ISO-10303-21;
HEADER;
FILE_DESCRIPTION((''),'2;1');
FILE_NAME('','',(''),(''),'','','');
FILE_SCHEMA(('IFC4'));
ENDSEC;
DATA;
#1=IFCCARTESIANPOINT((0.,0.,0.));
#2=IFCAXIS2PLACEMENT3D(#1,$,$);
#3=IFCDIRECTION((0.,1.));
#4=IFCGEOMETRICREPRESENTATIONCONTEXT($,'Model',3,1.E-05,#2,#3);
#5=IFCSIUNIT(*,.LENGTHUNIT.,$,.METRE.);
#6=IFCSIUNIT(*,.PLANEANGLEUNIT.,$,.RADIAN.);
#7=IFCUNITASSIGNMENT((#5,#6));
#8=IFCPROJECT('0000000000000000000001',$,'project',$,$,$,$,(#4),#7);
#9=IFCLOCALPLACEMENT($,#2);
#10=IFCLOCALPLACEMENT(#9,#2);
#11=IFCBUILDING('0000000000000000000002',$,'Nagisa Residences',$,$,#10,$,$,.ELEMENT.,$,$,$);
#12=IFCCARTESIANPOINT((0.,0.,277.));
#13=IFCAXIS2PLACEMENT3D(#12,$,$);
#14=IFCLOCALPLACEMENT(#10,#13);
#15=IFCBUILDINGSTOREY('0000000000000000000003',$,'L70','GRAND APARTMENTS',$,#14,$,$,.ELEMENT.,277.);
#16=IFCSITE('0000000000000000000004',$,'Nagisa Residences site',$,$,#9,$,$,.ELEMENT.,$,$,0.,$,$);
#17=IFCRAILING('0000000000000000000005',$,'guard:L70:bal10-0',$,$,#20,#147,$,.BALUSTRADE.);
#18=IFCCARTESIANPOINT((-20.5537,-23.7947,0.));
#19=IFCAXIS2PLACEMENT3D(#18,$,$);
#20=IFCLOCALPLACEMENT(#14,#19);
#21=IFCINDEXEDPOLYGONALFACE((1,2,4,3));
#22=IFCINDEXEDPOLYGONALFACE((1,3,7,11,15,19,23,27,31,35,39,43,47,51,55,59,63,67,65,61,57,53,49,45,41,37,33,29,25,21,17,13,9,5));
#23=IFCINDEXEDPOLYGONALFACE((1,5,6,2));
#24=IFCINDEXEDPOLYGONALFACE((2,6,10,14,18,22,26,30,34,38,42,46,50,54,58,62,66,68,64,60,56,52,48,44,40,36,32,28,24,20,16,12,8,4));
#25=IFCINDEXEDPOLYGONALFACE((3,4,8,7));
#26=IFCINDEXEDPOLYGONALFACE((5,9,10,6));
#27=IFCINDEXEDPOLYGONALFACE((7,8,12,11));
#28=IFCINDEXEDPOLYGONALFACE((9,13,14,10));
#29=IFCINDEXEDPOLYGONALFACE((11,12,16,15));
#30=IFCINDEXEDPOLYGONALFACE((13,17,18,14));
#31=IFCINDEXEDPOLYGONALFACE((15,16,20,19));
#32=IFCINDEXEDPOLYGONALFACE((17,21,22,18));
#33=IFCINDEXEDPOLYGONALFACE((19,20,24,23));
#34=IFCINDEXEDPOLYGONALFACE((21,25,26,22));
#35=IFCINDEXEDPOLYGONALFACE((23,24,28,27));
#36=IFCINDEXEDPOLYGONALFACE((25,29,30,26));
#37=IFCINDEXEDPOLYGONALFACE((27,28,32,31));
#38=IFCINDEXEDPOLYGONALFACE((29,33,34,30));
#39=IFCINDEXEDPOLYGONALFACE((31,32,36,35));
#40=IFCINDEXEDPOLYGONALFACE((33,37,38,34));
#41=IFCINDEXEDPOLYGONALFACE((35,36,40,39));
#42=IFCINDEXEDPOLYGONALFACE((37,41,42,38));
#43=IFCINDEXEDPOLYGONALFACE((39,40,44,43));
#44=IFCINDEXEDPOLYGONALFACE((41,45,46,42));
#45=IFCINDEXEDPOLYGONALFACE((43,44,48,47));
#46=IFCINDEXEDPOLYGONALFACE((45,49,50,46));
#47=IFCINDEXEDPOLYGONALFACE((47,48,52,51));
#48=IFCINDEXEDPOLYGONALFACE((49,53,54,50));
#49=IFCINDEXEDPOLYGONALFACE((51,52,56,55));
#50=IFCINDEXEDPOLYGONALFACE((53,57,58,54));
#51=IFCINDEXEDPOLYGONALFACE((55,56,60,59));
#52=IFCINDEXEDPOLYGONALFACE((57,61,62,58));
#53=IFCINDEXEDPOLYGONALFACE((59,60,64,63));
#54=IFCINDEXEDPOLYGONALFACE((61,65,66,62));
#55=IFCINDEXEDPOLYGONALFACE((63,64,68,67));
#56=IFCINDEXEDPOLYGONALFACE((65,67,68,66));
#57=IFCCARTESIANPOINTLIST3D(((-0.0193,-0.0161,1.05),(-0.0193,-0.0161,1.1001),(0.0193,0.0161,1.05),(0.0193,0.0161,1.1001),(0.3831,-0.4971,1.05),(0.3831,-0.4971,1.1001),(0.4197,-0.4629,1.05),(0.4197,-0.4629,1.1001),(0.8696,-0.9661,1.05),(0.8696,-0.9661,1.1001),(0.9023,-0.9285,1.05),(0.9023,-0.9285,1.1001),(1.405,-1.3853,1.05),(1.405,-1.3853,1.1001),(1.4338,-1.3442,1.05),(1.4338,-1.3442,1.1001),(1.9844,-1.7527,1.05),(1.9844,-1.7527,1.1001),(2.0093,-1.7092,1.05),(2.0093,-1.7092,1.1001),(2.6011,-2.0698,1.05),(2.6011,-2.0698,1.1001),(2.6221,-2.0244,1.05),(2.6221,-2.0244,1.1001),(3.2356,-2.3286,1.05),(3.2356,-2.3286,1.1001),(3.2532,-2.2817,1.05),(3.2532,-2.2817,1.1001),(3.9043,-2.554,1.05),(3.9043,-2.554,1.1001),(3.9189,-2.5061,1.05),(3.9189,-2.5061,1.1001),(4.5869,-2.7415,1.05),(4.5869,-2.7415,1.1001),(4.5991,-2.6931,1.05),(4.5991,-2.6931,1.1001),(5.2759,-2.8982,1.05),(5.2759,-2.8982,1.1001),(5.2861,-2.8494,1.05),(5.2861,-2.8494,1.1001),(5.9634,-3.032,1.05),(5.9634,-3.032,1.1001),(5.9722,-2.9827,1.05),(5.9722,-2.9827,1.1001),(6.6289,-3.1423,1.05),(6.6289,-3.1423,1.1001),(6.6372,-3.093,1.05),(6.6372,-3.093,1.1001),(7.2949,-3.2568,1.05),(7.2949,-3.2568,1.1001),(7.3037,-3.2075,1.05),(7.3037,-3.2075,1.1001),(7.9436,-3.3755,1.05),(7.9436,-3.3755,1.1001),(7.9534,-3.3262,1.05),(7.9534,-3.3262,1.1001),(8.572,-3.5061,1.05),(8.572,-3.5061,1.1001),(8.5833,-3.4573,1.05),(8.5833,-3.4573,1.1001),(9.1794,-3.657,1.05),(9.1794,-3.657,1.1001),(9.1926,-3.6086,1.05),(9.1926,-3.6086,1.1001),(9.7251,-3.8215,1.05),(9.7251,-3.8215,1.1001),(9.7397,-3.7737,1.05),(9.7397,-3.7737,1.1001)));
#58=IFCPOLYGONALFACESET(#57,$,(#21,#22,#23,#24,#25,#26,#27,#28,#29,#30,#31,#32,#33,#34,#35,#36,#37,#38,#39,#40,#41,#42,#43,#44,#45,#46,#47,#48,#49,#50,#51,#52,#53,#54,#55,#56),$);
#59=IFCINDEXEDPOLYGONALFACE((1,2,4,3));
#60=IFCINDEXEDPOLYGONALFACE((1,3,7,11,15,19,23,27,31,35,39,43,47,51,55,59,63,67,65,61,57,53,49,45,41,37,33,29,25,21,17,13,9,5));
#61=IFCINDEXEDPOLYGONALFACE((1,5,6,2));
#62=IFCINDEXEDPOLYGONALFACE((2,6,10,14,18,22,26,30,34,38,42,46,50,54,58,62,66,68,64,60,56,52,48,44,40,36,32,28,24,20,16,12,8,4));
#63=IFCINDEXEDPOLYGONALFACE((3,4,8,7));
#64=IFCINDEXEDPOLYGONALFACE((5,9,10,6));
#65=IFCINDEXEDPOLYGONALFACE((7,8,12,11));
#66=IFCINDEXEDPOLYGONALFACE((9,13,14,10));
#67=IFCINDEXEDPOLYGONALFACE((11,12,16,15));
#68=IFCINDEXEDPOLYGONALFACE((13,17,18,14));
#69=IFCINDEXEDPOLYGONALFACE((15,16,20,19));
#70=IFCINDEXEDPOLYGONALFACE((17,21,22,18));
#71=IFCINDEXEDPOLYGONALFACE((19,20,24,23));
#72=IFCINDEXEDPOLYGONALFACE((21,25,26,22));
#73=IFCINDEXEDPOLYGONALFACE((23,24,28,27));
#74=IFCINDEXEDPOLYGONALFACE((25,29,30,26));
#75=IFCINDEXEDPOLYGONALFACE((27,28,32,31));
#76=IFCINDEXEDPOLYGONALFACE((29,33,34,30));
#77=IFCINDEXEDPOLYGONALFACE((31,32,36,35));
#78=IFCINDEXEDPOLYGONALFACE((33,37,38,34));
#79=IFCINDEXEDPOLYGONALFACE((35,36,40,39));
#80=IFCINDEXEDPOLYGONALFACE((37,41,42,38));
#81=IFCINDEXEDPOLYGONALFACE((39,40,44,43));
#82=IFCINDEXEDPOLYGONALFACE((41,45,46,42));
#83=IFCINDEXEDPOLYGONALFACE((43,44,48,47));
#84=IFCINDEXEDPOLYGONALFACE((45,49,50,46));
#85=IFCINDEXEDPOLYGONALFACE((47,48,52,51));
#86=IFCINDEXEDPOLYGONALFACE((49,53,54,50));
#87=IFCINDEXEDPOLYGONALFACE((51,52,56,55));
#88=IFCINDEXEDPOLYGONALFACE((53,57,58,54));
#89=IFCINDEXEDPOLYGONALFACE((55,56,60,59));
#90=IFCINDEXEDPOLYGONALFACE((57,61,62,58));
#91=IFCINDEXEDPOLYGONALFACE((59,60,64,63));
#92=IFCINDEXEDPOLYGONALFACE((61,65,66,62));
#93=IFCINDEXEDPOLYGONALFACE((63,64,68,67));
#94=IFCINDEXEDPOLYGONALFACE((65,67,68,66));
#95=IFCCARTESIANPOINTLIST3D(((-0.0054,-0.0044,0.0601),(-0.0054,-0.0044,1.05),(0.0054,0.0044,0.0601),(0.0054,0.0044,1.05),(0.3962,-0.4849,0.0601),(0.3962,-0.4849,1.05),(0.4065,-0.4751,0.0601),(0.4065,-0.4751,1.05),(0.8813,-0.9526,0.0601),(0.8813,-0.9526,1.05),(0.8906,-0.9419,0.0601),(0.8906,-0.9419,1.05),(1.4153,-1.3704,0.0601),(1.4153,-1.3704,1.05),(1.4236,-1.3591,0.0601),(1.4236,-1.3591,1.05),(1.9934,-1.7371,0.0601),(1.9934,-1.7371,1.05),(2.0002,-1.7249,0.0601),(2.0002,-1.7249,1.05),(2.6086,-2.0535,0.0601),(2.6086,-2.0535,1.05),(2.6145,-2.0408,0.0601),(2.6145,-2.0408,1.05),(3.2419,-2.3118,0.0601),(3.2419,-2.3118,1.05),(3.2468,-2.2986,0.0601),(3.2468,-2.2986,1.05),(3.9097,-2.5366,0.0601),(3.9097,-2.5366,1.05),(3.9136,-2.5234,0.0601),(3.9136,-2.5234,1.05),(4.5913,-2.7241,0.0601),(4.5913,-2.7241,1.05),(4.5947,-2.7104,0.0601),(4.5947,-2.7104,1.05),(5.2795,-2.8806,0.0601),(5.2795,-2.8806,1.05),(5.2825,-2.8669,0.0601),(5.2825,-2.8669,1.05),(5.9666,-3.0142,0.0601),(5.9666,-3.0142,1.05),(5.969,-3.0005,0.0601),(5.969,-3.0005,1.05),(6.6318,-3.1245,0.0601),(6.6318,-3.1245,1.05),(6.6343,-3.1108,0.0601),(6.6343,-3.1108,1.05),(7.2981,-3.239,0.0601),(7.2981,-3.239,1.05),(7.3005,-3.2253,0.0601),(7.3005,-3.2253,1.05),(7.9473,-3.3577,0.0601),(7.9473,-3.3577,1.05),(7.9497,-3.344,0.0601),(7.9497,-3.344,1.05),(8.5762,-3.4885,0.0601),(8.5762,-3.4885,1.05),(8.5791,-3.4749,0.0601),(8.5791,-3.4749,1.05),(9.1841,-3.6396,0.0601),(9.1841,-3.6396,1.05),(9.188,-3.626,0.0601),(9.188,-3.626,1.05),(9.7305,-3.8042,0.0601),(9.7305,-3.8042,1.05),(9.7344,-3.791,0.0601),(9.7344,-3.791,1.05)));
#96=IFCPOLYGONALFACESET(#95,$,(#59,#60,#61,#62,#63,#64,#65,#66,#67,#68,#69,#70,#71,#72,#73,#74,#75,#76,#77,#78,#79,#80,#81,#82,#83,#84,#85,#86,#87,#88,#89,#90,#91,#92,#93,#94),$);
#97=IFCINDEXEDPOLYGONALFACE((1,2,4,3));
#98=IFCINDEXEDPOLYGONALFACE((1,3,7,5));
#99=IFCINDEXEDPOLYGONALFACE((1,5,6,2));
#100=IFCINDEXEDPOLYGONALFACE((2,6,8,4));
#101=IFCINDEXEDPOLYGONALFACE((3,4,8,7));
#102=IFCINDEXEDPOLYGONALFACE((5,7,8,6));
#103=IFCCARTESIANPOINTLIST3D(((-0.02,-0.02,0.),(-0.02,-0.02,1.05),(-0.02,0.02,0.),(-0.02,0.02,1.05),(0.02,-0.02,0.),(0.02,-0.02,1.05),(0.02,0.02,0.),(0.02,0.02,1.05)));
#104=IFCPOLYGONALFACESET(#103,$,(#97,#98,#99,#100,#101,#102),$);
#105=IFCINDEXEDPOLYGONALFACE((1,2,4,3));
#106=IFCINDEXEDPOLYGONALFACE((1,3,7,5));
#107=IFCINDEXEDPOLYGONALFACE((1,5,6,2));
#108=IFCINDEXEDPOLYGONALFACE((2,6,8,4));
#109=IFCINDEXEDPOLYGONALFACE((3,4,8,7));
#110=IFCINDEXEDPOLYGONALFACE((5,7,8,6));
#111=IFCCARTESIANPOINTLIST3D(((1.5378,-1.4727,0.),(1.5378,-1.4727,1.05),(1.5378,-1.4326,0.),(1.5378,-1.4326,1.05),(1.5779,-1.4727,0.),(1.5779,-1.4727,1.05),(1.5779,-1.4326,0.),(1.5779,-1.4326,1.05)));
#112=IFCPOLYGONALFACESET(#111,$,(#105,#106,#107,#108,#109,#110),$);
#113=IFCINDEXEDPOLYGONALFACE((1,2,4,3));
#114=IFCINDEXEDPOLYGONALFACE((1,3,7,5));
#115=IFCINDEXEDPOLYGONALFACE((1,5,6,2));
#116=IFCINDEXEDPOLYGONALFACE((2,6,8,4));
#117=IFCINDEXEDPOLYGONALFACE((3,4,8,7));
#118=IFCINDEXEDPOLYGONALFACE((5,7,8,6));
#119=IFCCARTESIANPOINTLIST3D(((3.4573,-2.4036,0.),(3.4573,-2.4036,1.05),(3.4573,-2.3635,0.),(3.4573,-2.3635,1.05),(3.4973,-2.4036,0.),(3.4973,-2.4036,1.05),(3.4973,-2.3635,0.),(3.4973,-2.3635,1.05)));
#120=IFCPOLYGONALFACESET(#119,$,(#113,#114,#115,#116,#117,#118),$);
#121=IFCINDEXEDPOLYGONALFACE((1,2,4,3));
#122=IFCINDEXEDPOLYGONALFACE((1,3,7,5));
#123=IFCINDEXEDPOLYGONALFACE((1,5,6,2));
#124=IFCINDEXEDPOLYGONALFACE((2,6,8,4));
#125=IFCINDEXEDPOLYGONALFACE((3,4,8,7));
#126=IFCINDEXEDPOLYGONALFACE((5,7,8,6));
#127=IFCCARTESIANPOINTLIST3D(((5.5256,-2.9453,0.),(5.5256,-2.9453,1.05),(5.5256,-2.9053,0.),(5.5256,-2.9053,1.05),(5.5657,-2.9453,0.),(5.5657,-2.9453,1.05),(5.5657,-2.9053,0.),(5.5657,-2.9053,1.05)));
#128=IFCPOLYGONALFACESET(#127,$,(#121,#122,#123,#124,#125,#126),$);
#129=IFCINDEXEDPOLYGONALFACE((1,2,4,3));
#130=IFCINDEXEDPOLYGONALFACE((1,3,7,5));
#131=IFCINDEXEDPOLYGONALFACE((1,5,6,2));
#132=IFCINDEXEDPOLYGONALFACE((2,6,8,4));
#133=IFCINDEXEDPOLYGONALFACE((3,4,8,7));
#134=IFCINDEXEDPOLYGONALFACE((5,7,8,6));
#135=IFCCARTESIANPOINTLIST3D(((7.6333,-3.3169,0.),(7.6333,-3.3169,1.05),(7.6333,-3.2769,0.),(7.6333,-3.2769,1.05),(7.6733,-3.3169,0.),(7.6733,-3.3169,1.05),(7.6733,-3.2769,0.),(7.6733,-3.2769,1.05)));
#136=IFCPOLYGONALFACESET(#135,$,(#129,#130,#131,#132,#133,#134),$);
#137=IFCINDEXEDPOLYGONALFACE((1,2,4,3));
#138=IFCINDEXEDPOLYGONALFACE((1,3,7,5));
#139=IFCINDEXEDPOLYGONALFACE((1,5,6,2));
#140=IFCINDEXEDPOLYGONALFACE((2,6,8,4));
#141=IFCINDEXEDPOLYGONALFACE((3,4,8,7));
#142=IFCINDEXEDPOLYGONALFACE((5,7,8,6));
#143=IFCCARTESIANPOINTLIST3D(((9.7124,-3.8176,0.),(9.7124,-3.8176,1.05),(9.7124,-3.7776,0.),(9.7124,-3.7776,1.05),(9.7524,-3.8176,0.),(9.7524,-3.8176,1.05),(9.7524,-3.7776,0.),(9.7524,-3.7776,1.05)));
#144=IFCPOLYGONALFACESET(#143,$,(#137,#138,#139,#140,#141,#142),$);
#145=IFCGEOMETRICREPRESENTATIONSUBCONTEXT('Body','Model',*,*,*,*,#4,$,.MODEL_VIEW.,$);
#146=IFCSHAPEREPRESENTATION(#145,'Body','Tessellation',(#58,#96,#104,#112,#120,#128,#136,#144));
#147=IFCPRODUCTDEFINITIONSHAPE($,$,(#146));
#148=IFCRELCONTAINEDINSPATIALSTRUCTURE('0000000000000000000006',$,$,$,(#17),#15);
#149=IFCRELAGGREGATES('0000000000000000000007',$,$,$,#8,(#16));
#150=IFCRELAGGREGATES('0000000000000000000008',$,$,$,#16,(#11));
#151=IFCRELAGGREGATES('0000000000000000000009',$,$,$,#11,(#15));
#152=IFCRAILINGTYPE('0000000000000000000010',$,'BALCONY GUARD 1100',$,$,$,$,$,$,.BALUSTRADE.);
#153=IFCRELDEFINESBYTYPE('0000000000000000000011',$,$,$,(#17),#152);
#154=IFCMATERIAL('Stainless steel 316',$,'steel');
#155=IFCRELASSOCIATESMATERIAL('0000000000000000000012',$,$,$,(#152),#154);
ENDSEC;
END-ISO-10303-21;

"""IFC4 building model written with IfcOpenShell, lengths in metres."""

from ifc_helpers import new_model, si_unit, direction, frame, origin, origin_2d, place, context, subcontext, project, spatial, polyline, rectangle, outline, extrude, material, type_object, element, save


model = new_model("IFC4")

# Units and contexts
model_context = context("Model", 3, precision=1e-05, world=origin(), true_north=direction((0.0, 1.0)))
body_context = subcontext(model_context, "Body", "Model", "MODEL_VIEW")
ifc_project = project(units=[si_unit("LENGTHUNIT", "METRE"), si_unit("PLANEANGLEUNIT", "RADIAN")], contexts=[model_context])

# Site, building, storey
site_placement = place(None, origin())
site = spatial("IfcSite", under=ifc_project, at=site_placement, Name="Nagisa Residences site", CompositionType="ELEMENT", RefElevation=0.0)
building_placement = place(site_placement, origin())
building = spatial("IfcBuilding", under=site, at=building_placement, Name="Nagisa Residences", CompositionType="ELEMENT")
storey_placement = place(building_placement, frame((0.0, 0.0, 277.0)))
storey = spatial("IfcBuildingStorey", under=building, at=storey_placement, Name="L70", Description="GRAND APARTMENTS", CompositionType="ELEMENT", Elevation=277.0)

# Railing
ifc_material_1 = material(Name="Stainless steel 316", Category="steel")
railing_type = type_object("IfcRailingType", Name="BALCONY GUARD 1100", PredefinedType="BALUSTRADE", material=ifc_material_1)
railing_1_placement = place(storey_placement, frame((-20.5537, -23.7947, 0.0)))
element("IfcRailing", 1, at=railing_1_placement, inside=storey, type_object=railing_type, Name="guard:L70:bal10-0", PredefinedType="BALUSTRADE", context=body_context, shape_type="SweptSolid", body=[
    extrude(outline(polyline([(0.4197, -0.4629), (0.0193, 0.0161), (-0.0193, -0.0161), (0.3831, -0.4971), (0.8696, -0.9661), (1.405, -1.3853), (1.9844, -1.7527), (2.6011, -2.0698), (3.2356, -2.3286), (3.9043, -2.554), (4.5869, -2.7415), (5.2759, -2.8982), (5.9634, -3.032), (6.6289, -3.1423), (7.2949, -3.2568), (7.9436, -3.3755), (8.572, -3.5061), (9.1794, -3.657), (9.7251, -3.8215), (9.7397, -3.7737), (9.1926, -3.6086), (8.5833, -3.4573), (7.9534, -3.3262), (7.3037, -3.2075), (6.6372, -3.093), (5.9722, -2.9827), (5.2861, -2.8494), (4.5991, -2.6931), (3.9189, -2.5061), (3.2532, -2.2817), (2.6221, -2.0244), (2.0093, -1.7092), (1.4338, -1.3442), (0.9023, -0.9285), (0.4197, -0.4629)])), frame((0.0, 0.0, 1.05)), (0.0, 0.0, 1.0), 0.05),
    extrude(outline(polyline([(0.4065, -0.4751), (0.0054, 0.0044), (-0.0054, -0.0044), (0.3962, -0.4849), (0.8813, -0.9526), (1.4153, -1.3704), (1.9934, -1.7371), (2.6086, -2.0535), (3.2419, -2.3118), (3.9097, -2.5366), (4.5913, -2.7241), (5.2795, -2.8806), (5.9666, -3.0142), (6.6318, -3.1245), (7.2981, -3.239), (7.9473, -3.3577), (8.5762, -3.4885), (9.1841, -3.6396), (9.7305, -3.8042), (9.7344, -3.791), (9.188, -3.626), (8.5791, -3.4749), (7.9497, -3.344), (7.3005, -3.2253), (6.6343, -3.1108), (5.969, -3.0005), (5.2825, -2.8669), (4.5947, -2.7104), (3.9136, -2.5234), (3.2468, -2.2986), (2.6145, -2.0408), (2.0002, -1.7249), (1.4236, -1.3591), (0.8906, -0.9419), (0.4065, -0.4751)])), frame((0.0, 0.0, 0.0601)), (0.0, 0.0, 1.0), 0.99),
    extrude(rectangle(XDim=0.04, YDim=0.04, at=origin_2d()), origin(), (0.0, 0.0, 1.0), 1.05),
    extrude(rectangle(XDim=0.04, YDim=0.04, at=origin_2d()), frame((1.5579, -1.4526, 0.0)), (0.0, 0.0, 1.0), 1.05),
    extrude(rectangle(XDim=0.04, YDim=0.04, at=origin_2d()), frame((3.4773, -2.3835, 0.0)), (0.0, 0.0, 1.0), 1.05),
    extrude(rectangle(XDim=0.04, YDim=0.04, at=origin_2d()), frame((5.5457, -2.9253, 0.0)), (0.0, 0.0, 1.0), 1.05),
    extrude(rectangle(XDim=0.04, YDim=0.04, at=origin_2d()), frame((7.6533, -3.2969, 0.0)), (0.0, 0.0, 1.0), 1.05),
    extrude(rectangle(XDim=0.04, YDim=0.04, at=origin_2d()), frame((9.7324, -3.7976, 0.0)), (0.0, 0.0, 1.0), 1.05),
])

save(model, "model.ifc")
